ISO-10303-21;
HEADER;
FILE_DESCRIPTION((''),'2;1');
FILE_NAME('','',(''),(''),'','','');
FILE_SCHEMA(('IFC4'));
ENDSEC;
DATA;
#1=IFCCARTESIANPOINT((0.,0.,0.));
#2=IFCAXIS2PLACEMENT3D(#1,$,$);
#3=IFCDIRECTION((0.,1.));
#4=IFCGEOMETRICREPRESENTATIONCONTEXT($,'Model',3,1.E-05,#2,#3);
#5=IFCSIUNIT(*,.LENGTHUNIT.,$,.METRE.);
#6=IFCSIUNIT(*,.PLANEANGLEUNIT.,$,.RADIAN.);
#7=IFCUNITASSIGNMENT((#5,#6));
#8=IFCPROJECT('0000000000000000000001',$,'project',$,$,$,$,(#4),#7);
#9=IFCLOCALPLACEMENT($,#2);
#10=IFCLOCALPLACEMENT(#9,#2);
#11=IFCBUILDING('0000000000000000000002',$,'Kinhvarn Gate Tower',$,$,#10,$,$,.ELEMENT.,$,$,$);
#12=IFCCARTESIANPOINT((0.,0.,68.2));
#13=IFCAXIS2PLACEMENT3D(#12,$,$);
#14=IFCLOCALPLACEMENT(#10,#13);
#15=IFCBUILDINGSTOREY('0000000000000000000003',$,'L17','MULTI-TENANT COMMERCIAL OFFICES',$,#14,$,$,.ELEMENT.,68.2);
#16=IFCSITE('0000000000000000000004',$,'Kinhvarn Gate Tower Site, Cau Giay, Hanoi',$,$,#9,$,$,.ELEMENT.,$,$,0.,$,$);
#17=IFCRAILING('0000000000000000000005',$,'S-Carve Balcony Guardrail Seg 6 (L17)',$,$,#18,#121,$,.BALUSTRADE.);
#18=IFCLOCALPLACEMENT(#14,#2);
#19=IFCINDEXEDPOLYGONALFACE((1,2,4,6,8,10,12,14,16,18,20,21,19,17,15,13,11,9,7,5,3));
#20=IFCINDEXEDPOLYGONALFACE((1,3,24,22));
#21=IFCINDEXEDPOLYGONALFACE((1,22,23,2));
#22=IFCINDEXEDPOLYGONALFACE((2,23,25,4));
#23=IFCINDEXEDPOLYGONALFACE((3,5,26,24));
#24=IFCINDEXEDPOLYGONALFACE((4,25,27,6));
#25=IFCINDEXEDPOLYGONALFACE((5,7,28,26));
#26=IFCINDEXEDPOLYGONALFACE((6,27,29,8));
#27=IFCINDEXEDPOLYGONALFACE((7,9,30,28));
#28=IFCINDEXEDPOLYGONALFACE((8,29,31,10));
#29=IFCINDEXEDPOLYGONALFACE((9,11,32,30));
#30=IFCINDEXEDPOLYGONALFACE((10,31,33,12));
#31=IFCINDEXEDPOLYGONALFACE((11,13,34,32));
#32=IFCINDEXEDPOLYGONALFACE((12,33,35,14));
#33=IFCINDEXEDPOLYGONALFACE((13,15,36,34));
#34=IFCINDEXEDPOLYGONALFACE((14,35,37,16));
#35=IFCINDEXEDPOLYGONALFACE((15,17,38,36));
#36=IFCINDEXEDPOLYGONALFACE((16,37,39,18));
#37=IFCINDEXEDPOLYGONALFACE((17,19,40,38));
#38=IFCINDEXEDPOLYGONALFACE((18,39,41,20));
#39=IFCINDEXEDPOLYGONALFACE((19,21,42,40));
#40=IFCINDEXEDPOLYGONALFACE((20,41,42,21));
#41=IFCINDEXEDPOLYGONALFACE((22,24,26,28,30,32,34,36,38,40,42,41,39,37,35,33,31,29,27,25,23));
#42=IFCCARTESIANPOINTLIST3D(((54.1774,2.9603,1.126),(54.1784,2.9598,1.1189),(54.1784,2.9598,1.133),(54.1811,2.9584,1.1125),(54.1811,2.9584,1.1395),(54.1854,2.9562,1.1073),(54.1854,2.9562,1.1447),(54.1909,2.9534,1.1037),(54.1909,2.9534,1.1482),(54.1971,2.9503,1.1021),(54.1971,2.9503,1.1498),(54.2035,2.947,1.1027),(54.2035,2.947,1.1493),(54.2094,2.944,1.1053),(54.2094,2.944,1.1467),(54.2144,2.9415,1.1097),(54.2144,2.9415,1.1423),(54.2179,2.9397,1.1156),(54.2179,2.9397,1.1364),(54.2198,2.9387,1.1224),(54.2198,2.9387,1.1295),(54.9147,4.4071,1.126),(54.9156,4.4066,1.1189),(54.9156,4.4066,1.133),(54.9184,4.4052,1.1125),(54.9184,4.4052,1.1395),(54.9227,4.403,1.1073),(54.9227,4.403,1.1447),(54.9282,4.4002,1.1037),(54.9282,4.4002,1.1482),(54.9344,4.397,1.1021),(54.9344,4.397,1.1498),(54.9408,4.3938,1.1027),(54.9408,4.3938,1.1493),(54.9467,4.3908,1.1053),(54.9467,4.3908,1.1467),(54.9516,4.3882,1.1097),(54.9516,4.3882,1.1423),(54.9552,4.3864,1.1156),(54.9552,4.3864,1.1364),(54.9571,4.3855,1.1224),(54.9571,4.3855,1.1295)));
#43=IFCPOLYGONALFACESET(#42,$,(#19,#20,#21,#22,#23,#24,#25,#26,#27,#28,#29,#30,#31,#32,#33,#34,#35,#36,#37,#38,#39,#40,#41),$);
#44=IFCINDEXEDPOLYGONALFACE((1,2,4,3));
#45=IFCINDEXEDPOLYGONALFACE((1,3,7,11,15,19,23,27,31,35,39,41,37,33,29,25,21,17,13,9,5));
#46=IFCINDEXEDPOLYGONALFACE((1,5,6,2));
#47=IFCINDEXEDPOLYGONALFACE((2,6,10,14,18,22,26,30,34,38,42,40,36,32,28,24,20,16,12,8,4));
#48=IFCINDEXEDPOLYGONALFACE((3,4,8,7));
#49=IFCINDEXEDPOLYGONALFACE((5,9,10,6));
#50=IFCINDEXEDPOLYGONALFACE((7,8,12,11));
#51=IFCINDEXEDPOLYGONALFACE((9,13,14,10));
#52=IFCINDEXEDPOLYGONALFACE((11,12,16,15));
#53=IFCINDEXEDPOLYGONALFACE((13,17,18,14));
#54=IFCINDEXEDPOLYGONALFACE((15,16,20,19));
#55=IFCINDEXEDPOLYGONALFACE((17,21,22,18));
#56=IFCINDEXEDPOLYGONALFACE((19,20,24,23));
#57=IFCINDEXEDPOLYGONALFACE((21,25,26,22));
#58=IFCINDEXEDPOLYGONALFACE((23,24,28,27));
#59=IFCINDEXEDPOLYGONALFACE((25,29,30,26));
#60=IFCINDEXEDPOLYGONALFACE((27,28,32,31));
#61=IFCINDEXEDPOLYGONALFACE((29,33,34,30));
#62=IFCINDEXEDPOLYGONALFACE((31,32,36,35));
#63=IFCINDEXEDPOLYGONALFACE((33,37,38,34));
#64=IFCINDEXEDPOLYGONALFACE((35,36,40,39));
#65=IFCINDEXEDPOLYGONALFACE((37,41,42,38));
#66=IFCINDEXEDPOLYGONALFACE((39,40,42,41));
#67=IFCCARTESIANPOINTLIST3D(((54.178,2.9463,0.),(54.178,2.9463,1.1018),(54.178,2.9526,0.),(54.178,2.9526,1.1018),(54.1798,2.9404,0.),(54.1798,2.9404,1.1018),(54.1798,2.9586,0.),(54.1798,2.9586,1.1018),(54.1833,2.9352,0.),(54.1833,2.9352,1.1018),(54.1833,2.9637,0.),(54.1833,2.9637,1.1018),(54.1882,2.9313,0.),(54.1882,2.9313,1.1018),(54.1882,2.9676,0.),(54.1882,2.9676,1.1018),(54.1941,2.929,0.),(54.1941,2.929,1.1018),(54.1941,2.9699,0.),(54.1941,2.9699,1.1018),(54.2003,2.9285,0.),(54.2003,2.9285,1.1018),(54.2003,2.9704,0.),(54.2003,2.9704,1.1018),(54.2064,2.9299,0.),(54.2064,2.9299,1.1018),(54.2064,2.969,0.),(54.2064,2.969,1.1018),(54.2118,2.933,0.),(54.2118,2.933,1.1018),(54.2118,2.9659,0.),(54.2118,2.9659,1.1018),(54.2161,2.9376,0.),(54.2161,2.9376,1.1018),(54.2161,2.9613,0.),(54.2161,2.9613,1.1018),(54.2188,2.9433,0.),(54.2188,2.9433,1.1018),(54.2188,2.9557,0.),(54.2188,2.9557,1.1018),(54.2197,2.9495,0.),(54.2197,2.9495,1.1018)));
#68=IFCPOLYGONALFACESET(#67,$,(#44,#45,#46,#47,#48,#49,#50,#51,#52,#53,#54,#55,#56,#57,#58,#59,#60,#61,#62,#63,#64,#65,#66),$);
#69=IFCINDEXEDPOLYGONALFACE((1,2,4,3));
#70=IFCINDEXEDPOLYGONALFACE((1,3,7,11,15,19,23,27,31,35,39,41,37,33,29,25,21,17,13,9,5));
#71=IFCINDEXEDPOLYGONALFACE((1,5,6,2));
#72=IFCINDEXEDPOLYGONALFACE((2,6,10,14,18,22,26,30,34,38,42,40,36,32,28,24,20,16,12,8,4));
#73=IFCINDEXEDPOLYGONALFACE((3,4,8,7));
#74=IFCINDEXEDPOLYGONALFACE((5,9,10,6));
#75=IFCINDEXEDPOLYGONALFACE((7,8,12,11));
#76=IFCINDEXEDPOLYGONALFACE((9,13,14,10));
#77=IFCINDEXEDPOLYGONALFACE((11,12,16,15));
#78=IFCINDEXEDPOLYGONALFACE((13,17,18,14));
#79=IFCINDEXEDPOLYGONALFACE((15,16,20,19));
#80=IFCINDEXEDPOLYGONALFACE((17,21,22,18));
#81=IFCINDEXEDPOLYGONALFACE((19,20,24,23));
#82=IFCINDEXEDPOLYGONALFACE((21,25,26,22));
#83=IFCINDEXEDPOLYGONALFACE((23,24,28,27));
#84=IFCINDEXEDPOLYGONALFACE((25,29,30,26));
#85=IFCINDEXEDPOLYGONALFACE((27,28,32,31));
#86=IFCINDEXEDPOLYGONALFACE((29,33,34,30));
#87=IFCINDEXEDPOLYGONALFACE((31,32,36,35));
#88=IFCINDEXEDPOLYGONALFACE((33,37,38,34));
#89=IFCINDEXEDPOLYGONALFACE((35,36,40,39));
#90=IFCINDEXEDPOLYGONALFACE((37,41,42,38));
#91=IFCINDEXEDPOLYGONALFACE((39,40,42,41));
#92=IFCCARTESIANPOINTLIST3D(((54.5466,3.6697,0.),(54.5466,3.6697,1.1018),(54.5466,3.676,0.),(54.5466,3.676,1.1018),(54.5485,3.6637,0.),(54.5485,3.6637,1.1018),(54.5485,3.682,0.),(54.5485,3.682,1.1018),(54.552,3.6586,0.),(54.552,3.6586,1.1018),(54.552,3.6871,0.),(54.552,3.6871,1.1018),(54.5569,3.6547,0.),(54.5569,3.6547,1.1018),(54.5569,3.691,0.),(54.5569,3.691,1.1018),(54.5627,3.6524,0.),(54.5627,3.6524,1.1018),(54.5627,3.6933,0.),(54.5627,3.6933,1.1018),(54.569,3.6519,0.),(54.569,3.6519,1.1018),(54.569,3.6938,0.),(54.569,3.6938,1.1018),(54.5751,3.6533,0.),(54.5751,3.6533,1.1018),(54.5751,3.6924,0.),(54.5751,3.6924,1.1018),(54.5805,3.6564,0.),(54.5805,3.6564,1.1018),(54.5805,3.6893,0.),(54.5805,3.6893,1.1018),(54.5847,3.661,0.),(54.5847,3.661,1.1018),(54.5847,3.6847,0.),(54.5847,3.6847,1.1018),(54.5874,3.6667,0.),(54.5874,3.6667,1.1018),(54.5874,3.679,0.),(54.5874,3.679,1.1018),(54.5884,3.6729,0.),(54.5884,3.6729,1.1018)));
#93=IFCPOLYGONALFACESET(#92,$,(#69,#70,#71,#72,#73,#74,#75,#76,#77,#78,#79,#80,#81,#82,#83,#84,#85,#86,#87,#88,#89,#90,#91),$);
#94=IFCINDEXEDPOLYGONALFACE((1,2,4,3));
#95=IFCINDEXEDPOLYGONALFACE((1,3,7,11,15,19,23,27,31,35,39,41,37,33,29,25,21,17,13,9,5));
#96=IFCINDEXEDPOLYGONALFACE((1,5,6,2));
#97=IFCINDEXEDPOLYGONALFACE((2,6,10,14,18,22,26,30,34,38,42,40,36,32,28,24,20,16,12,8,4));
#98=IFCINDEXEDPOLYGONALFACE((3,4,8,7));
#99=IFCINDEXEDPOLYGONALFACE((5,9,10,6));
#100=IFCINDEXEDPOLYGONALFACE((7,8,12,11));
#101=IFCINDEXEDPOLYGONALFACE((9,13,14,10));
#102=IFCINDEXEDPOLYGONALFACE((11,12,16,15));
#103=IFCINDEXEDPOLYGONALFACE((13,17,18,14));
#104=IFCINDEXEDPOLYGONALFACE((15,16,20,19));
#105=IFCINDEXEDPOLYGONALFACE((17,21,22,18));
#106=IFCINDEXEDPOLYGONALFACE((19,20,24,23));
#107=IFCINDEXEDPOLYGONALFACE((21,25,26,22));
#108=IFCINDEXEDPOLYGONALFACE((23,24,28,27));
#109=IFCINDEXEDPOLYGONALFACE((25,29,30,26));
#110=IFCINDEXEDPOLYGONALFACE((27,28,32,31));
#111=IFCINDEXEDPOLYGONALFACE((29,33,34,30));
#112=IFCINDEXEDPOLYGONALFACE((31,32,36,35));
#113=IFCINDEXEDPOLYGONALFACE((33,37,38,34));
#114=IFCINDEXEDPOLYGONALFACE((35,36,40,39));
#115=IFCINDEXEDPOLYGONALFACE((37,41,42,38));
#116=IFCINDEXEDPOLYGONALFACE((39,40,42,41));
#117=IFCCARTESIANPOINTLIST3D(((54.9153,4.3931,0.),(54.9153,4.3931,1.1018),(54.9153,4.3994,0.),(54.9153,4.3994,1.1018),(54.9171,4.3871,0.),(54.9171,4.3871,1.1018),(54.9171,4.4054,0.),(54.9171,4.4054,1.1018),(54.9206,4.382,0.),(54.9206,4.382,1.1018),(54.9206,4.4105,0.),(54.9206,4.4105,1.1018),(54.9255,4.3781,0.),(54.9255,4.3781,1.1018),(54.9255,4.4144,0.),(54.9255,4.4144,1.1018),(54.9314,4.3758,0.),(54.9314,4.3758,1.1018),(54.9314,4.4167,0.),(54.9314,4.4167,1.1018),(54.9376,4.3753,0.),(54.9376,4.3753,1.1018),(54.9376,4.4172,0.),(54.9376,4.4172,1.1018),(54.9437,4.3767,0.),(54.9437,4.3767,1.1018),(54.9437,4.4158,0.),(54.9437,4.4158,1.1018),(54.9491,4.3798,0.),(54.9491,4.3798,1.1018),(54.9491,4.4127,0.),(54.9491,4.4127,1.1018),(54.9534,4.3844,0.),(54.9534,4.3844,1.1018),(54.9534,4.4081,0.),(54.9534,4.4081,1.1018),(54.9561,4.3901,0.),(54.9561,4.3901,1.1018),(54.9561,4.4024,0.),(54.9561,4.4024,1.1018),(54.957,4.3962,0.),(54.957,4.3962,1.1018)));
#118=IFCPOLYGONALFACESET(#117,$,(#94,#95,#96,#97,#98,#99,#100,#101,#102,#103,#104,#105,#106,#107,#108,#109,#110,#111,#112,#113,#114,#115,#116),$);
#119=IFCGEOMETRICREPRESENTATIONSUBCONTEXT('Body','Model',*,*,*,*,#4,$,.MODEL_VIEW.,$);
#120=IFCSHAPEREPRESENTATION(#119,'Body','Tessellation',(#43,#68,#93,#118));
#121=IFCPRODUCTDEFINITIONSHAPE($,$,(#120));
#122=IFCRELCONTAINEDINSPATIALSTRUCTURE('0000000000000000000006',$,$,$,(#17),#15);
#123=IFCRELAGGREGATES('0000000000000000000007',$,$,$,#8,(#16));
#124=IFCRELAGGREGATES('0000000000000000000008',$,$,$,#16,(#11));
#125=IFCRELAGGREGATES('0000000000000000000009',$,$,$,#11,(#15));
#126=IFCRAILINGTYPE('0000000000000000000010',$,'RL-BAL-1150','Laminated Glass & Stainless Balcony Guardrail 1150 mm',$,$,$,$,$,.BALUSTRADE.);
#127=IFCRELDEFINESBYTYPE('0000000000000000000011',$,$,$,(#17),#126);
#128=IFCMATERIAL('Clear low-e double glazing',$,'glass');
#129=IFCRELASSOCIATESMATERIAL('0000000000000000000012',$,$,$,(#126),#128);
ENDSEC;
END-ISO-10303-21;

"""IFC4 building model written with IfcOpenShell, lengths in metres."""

from ifc_helpers import new_model, si_unit, direction, frame, origin, origin_2d, place, context, subcontext, project, spatial, circle, extrude, material, type_object, element, save


model = new_model("IFC4")

# Units and contexts
model_context = context("Model", 3, precision=1e-05, world=origin(), true_north=direction((0.0, 1.0)))
body_context = subcontext(model_context, "Body", "Model", "MODEL_VIEW")
ifc_project = project(units=[si_unit("LENGTHUNIT", "METRE"), si_unit("PLANEANGLEUNIT", "RADIAN")], contexts=[model_context])

# Site, building, storey
site_placement = place(None, origin())
site = spatial("IfcSite", under=ifc_project, at=site_placement, Name="Kinhvarn Gate Tower Site, Cau Giay, Hanoi", CompositionType="ELEMENT", RefElevation=0.0)
building_placement = place(site_placement, origin())
building = spatial("IfcBuilding", under=site, at=building_placement, Name="Kinhvarn Gate Tower", CompositionType="ELEMENT")
storey_placement = place(building_placement, frame((0.0, 0.0, 68.2)))
storey = spatial("IfcBuildingStorey", under=building, at=storey_placement, Name="L17", Description="MULTI-TENANT COMMERCIAL OFFICES", CompositionType="ELEMENT", Elevation=68.2)

# Shared definitions
ifc_material_1 = material(Name="Clear low-e double glazing", Category="glass")

# Railing
railing_type = type_object("IfcRailingType", Name="RL-BAL-1150", Description="Laminated Glass & Stainless Balcony Guardrail 1150 mm", PredefinedType="BALUSTRADE", material=ifc_material_1)
railing_1_placement = place(storey_placement, frame((54.1987, 2.9495, 0.0)))
element("IfcRailing", 1, at=railing_1_placement, inside=storey, type_object=railing_type, Name="S-Carve Balcony Guardrail Seg 6 (L17)", PredefinedType="BALUSTRADE", context=body_context, shape_type="SweptSolid", body=[
    extrude(circle(Radius=0.0239, at=origin_2d()), frame((0.0, 0.0, 1.126), z_axis=(0.454056, 0.890973, 0.0), x_axis=(-0.890973, 0.454056, 0.0)), (0.0, 0.0, 1.0), 1.6238),
    extrude(circle(Radius=0.021, at=origin_2d()), origin(), (0.0, 0.0, 1.0), 1.1018),
    extrude(circle(Radius=0.021, at=origin_2d()), frame((0.3687, 0.7234, 0.0)), (0.0, 0.0, 1.0), 1.1018),
    extrude(circle(Radius=0.021, at=origin_2d()), frame((0.7373, 1.4468, 0.0)), (0.0, 0.0, 1.0), 1.1018),
])

save(model, "model.ifc")
